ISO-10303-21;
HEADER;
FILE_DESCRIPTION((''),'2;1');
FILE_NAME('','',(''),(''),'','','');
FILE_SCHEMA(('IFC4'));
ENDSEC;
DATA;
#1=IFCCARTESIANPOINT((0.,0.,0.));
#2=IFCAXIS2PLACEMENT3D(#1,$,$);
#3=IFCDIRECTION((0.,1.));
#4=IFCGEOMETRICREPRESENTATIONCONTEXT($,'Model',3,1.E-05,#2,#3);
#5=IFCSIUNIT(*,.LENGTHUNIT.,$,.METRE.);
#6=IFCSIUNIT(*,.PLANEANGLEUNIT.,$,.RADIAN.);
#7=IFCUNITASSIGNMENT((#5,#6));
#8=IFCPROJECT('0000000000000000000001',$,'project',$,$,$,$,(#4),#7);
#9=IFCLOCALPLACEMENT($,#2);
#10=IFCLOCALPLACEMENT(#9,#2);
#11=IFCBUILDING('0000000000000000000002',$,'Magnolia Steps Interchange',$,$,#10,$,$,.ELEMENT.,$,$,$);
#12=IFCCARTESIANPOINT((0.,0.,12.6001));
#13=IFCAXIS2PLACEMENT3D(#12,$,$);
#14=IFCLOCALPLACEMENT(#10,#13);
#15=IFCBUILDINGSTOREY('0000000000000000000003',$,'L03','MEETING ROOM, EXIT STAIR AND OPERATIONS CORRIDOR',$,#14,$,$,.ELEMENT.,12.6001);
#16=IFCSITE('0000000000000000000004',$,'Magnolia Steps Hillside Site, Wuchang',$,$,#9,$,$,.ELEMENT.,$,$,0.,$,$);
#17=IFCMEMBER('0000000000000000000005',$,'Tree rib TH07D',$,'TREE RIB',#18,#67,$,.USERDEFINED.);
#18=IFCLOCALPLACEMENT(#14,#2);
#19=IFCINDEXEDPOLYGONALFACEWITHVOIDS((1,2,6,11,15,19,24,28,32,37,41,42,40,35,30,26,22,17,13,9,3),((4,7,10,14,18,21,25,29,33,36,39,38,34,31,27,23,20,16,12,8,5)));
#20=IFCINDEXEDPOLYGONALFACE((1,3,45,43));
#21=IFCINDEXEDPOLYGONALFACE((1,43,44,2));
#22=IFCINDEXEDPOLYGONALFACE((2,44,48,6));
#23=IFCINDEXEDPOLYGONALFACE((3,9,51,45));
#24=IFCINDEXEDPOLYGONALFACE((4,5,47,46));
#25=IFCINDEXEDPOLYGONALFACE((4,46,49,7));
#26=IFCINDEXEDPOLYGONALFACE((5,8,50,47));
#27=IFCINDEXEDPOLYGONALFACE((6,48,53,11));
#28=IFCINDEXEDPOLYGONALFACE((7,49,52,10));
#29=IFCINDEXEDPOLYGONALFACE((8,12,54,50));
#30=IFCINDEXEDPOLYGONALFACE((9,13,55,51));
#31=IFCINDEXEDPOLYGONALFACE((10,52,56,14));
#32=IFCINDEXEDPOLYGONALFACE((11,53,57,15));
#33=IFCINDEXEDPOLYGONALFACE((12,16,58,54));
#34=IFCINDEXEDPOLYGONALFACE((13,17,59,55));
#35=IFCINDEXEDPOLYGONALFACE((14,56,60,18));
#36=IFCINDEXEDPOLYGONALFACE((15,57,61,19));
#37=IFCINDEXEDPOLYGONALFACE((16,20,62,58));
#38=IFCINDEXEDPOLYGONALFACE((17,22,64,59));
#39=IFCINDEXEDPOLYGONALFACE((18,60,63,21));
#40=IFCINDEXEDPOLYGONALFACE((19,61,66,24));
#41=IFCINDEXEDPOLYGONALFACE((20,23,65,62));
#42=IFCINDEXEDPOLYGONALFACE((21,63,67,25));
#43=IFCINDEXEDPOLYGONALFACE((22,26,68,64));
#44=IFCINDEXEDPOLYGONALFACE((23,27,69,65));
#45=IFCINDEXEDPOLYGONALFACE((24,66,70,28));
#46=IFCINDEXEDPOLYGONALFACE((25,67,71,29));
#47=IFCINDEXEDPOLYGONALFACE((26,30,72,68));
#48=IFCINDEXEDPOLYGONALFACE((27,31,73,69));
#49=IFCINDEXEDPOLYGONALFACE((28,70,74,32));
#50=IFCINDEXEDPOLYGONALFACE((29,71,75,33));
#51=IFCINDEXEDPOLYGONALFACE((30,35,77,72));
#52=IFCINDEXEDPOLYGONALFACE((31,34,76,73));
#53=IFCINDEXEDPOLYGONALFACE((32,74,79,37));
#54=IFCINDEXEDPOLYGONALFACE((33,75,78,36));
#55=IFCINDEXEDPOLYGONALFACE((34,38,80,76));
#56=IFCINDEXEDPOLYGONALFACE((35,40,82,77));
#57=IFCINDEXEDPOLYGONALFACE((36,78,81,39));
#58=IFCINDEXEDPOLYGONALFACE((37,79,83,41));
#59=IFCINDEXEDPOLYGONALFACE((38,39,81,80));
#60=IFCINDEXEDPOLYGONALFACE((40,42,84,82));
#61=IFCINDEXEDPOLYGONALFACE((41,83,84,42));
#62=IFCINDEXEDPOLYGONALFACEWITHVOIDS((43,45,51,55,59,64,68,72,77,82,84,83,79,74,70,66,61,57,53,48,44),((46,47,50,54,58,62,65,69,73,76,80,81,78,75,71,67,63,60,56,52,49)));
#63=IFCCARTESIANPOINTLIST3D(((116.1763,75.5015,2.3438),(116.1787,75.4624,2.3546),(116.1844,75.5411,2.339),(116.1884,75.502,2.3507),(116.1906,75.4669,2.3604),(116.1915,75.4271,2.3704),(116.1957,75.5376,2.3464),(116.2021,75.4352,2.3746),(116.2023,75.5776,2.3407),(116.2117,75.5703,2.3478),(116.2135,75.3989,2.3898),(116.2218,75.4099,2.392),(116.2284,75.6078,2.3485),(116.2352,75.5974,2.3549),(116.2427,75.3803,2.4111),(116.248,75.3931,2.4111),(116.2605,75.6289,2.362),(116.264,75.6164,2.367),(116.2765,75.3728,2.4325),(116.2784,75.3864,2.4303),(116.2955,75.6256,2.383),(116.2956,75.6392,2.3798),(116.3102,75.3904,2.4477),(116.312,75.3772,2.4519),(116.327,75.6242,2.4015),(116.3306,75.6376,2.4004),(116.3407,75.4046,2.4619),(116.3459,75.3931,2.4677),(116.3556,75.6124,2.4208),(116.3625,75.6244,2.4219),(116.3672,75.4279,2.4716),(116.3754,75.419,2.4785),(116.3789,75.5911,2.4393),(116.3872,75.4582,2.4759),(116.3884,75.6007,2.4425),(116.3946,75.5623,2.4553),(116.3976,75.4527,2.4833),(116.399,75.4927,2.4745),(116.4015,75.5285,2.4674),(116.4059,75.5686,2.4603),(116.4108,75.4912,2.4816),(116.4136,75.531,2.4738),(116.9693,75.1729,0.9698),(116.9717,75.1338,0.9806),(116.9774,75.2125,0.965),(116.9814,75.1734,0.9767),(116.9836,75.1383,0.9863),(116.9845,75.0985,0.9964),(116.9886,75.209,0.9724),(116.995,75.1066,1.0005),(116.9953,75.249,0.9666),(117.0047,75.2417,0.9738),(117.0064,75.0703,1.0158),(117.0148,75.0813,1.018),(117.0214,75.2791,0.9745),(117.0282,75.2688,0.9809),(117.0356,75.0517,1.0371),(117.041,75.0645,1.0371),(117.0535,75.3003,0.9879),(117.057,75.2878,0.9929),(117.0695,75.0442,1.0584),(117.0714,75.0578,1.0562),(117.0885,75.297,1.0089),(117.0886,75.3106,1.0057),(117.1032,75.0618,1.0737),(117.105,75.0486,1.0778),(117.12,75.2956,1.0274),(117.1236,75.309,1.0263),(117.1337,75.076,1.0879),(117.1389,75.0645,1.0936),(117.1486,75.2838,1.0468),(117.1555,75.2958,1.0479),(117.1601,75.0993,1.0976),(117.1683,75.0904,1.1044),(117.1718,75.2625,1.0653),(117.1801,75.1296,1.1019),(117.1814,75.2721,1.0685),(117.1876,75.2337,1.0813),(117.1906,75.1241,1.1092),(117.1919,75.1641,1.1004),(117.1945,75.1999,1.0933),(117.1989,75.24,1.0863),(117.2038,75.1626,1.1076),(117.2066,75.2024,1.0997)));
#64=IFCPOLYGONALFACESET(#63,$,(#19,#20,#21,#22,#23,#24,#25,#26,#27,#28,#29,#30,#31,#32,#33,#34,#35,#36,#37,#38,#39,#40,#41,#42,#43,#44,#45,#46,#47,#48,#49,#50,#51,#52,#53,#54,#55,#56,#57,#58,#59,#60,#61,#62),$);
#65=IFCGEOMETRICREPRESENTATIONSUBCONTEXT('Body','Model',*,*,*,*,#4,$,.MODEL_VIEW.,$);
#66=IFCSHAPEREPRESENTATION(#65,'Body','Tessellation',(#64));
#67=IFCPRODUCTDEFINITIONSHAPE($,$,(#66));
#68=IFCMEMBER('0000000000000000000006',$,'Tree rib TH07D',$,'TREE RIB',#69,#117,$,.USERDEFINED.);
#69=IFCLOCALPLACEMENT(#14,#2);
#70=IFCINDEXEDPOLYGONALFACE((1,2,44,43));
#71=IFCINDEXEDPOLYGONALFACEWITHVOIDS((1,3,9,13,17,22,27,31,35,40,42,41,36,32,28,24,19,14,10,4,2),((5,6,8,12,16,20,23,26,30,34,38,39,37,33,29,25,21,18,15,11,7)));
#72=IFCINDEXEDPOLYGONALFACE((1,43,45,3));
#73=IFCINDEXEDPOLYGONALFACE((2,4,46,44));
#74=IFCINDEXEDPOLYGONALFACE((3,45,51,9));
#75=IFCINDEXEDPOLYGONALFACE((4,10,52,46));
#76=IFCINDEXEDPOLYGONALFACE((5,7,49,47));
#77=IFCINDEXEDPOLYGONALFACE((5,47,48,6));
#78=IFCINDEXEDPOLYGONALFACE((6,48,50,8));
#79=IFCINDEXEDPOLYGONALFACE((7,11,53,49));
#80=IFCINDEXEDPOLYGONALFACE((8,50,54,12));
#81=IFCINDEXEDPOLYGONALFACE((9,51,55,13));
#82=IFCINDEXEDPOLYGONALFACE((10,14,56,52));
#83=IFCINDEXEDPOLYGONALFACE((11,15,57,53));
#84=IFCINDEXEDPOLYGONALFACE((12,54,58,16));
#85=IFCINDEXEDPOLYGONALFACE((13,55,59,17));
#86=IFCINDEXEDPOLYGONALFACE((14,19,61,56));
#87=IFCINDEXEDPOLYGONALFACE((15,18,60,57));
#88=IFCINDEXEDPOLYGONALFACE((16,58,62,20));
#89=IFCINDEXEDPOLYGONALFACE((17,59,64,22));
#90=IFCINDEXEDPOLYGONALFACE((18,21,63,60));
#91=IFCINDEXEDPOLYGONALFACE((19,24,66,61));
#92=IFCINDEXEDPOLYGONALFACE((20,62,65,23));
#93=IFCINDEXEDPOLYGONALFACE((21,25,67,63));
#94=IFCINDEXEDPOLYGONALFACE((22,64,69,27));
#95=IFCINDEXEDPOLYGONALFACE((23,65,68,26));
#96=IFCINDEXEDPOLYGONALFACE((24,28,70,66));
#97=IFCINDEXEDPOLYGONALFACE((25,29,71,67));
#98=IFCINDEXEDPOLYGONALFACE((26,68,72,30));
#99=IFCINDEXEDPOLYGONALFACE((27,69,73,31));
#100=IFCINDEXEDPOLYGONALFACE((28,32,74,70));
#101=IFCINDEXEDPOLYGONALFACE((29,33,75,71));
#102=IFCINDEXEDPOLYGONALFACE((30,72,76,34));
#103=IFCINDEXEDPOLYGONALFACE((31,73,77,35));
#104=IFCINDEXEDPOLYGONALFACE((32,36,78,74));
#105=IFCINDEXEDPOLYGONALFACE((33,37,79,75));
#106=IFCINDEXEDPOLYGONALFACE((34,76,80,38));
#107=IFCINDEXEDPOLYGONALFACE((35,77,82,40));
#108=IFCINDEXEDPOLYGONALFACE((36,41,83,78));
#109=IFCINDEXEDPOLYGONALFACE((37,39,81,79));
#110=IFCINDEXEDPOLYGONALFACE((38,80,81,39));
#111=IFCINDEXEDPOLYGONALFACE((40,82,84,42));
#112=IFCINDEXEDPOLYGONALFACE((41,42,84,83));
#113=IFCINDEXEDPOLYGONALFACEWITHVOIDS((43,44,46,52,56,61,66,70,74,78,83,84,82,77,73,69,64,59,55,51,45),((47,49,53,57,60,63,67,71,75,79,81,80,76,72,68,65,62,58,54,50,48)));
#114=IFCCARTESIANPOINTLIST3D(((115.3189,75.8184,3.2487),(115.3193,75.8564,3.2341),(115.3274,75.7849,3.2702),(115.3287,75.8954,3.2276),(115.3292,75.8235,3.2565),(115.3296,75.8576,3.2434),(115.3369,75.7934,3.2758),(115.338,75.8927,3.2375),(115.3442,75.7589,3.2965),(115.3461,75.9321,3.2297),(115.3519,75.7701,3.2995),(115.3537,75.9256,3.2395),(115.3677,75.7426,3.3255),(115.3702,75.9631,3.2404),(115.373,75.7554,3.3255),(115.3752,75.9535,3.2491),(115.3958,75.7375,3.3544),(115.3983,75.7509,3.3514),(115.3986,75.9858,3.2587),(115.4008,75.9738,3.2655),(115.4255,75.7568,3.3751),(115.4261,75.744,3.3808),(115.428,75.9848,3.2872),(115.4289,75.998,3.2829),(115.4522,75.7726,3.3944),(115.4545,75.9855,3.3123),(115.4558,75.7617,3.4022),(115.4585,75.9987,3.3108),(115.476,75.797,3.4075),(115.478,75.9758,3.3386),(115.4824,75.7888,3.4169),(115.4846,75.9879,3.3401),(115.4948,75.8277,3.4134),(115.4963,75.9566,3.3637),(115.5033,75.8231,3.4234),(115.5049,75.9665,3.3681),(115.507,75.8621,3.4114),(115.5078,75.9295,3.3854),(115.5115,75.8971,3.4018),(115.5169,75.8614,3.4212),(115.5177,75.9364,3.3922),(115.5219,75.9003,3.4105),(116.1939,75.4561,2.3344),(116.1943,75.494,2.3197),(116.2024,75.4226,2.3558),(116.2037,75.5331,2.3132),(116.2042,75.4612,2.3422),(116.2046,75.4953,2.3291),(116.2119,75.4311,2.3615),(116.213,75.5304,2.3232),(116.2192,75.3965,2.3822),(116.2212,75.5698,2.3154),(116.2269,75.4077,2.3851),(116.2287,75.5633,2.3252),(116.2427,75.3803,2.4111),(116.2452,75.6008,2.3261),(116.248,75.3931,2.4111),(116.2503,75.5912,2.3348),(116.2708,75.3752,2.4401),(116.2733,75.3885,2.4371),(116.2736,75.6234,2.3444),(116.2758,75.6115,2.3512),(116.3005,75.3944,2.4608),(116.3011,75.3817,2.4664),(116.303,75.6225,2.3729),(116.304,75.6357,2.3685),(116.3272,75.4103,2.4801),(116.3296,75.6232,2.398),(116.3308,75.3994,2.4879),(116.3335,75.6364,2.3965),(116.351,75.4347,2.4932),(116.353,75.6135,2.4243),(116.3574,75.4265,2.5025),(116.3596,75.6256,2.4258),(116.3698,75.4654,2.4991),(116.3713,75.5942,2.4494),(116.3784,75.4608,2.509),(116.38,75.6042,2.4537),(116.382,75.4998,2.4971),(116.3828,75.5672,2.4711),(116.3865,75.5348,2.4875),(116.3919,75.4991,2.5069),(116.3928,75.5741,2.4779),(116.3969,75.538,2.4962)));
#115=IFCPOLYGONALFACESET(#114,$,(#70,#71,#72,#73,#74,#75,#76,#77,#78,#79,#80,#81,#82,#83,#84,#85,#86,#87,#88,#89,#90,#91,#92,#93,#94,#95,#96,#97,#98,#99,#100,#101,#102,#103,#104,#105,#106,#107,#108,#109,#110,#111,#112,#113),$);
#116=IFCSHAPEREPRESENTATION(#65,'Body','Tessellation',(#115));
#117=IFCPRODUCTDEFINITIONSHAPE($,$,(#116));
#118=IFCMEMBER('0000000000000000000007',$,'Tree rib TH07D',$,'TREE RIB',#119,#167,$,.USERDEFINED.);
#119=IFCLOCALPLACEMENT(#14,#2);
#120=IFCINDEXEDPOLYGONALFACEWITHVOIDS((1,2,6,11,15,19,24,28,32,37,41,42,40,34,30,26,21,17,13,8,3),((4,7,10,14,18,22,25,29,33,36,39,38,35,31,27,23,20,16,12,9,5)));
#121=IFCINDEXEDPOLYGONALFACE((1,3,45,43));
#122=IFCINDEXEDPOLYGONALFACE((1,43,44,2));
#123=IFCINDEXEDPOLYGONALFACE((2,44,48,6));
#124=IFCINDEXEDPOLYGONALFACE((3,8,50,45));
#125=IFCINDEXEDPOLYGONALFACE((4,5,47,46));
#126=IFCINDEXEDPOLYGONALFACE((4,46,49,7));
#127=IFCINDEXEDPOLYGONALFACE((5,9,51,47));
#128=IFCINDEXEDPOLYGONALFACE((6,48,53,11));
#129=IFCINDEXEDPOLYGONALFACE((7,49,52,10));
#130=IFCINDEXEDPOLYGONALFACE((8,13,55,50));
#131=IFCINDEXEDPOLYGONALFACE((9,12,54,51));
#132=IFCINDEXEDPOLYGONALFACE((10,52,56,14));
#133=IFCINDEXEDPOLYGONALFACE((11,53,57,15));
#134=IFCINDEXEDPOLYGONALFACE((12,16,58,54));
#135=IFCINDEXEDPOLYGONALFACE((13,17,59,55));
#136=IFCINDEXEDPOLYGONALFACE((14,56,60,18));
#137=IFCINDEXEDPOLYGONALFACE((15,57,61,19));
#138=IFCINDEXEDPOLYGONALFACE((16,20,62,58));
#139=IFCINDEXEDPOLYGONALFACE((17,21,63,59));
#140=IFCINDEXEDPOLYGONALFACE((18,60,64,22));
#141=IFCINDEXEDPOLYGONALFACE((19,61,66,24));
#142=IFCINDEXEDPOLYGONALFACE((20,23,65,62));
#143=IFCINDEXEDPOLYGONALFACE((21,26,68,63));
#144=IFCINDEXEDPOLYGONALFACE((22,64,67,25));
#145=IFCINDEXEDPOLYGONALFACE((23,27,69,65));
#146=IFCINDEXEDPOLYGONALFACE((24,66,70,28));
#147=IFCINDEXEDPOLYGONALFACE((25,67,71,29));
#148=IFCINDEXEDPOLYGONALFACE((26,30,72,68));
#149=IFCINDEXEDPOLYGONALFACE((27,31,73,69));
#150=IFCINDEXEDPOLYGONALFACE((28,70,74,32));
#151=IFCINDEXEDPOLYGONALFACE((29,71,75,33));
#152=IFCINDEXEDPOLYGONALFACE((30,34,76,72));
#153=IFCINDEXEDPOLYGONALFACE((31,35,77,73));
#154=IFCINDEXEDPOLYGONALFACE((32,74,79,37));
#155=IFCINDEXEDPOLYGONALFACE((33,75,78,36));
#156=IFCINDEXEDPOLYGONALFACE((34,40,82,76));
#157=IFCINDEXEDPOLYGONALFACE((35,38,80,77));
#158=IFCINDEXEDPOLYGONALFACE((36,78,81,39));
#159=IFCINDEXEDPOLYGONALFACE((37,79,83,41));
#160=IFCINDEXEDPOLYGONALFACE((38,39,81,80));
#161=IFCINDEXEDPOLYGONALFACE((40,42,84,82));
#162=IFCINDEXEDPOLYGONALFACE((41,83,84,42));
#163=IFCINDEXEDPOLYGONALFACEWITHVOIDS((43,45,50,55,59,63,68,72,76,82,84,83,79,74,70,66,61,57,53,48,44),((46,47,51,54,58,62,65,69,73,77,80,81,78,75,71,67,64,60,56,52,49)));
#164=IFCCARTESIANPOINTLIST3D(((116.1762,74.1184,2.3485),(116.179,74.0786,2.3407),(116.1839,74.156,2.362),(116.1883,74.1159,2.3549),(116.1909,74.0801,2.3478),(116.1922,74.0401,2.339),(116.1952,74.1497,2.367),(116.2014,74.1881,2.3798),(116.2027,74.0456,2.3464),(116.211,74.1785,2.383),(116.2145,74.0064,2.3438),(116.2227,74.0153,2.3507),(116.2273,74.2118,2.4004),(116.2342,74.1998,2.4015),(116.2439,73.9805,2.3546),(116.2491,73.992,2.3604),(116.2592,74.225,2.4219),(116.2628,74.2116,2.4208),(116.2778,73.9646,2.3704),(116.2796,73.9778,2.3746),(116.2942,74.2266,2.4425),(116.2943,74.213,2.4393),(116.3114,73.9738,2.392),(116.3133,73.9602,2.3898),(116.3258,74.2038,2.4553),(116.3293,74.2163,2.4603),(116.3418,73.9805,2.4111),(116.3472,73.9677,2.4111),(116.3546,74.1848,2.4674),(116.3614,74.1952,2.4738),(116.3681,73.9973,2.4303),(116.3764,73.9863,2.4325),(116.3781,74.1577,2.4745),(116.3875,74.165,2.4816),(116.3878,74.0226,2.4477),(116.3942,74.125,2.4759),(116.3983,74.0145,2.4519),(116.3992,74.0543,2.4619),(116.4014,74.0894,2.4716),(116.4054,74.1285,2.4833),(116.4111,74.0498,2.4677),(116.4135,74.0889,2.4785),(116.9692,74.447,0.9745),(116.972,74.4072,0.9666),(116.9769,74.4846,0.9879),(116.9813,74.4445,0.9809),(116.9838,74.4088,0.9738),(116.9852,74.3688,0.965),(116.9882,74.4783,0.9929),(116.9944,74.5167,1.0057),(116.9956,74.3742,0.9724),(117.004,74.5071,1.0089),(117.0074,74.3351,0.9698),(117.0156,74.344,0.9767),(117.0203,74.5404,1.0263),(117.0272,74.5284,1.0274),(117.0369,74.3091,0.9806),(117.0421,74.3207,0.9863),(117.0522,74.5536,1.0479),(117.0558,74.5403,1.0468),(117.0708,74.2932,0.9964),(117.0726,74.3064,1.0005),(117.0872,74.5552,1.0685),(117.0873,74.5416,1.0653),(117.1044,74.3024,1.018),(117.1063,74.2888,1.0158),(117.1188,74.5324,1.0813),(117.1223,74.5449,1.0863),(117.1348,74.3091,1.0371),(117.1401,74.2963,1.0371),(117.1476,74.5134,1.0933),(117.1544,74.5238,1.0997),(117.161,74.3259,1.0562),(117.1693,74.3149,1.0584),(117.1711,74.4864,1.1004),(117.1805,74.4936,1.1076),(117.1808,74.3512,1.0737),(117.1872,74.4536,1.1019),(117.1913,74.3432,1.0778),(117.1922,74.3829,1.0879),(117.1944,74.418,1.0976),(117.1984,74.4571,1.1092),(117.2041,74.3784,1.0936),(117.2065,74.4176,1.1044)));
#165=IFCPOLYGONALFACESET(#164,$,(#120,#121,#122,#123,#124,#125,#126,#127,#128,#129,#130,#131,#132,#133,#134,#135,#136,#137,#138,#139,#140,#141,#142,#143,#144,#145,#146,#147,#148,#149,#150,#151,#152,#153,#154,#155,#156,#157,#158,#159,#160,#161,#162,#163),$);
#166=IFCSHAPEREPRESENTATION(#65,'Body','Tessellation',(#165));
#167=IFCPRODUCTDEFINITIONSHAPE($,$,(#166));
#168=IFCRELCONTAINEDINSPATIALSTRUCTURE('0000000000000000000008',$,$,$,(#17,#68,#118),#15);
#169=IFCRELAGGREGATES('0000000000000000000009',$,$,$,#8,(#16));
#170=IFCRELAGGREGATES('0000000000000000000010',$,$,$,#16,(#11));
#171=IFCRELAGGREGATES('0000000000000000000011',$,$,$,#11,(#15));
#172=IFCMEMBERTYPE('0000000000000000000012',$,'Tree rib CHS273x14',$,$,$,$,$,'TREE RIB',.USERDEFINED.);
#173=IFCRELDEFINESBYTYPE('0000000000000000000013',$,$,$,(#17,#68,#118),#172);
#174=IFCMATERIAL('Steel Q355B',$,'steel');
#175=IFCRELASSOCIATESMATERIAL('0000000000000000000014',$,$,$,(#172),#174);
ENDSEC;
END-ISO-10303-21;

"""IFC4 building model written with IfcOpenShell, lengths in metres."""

from ifc_helpers import new_model, si_unit, direction, frame, origin, origin_2d, place, context, subcontext, project, spatial, hollow_circle, extrude, material, material_profile, profile_set, type_object, element, save


model = new_model("IFC4")

# Units and contexts
model_context = context("Model", 3, precision=1e-05, world=origin(), true_north=direction((0.0, 1.0)))
body_context = subcontext(model_context, "Body", "Model", "MODEL_VIEW")
ifc_project = project(units=[si_unit("LENGTHUNIT", "METRE"), si_unit("PLANEANGLEUNIT", "RADIAN")], contexts=[model_context])

# Site, building, storey
site_placement = place(None, origin())
site = spatial("IfcSite", under=ifc_project, at=site_placement, Name="Magnolia Steps Hillside Site, Wuchang", CompositionType="ELEMENT", RefElevation=0.0)
building_placement = place(site_placement, origin())
building = spatial("IfcBuilding", under=site, at=building_placement, Name="Magnolia Steps Interchange", CompositionType="ELEMENT")
storey_placement = place(building_placement, frame((0.0, 0.0, 12.6001)))
storey = spatial("IfcBuildingStorey", under=building, at=storey_placement, Name="L03", Description="MEETING ROOM, EXIT STAIR AND OPERATIONS CORRIDOR", CompositionType="ELEMENT", Elevation=12.6001)

# Members
ifc_material_1 = material(Name="Steel Q355B", Category="steel")
ifc_material_profile_1 = material_profile(ifc_material_1, hollow_circle(Radius=0.1365, WallThickness=0.0139, at=origin_2d()), Name="CHS273x14")
ifc_profile_set_1 = profile_set([ifc_material_profile_1], Name="Steel Q355B")
member_type_1 = type_object("IfcMemberType", Name="Tree rib CHS273x14", ElementType="TREE RIB", PredefinedType="USERDEFINED", material=ifc_profile_set_1)
for number, where, z_axis, x_axis, name in (
    (1, (117.0879, 75.1777, 1.0371), (-0.489456, 0.202835, 0.84811), (-0.382837, -0.923816, 0.0), "Tree rib TH07D"),
):
    element("IfcMember", number, at=place(storey_placement, frame(where, z_axis=z_axis, x_axis=x_axis)), inside=storey, type_object=member_type_1, Name=name, ObjectType="TREE RIB", PredefinedType="USERDEFINED", context=body_context, shape_type="SweptSolid", body=[
        extrude(hollow_circle(Radius=0.1365, WallThickness=0.0139, at=origin_2d()), origin(), (0.0, 0.0, 1.0), 1.6201),
    ])
member_1_placement = place(storey_placement, frame((116.2949, 75.5063, 2.4111), z_axis=(-0.664704, 0.275229, 0.694563), x_axis=(-0.382564, -0.923929, 0.0)))
element("IfcMember", 2, at=member_1_placement, inside=storey, type_object=member_type_1, Name="Tree rib TH07D", ObjectType="TREE RIB", PredefinedType="USERDEFINED", context=body_context, shape_type="SweptSolid", body=[
    extrude(hollow_circle(Radius=0.1365, WallThickness=0.0139, at=origin_2d()), origin(), (0.0, 0.0, 1.0), 1.3164),
])
member_2_placement = place(storey_placement, frame((117.0879, 74.4224, 1.0371), z_axis=(-0.489456, -0.202835, 0.84811), x_axis=(0.382837, -0.923816, 0.0)))
element("IfcMember", 3, at=member_2_placement, inside=storey, type_object=member_type_1, Name="Tree rib TH07D", ObjectType="TREE RIB", PredefinedType="USERDEFINED", context=body_context, shape_type="SweptSolid", body=[
    extrude(hollow_circle(Radius=0.1365, WallThickness=0.0139, at=origin_2d()), origin(), (0.0, 0.0, 1.0), 1.6201),
])

save(model, "model.ifc")
